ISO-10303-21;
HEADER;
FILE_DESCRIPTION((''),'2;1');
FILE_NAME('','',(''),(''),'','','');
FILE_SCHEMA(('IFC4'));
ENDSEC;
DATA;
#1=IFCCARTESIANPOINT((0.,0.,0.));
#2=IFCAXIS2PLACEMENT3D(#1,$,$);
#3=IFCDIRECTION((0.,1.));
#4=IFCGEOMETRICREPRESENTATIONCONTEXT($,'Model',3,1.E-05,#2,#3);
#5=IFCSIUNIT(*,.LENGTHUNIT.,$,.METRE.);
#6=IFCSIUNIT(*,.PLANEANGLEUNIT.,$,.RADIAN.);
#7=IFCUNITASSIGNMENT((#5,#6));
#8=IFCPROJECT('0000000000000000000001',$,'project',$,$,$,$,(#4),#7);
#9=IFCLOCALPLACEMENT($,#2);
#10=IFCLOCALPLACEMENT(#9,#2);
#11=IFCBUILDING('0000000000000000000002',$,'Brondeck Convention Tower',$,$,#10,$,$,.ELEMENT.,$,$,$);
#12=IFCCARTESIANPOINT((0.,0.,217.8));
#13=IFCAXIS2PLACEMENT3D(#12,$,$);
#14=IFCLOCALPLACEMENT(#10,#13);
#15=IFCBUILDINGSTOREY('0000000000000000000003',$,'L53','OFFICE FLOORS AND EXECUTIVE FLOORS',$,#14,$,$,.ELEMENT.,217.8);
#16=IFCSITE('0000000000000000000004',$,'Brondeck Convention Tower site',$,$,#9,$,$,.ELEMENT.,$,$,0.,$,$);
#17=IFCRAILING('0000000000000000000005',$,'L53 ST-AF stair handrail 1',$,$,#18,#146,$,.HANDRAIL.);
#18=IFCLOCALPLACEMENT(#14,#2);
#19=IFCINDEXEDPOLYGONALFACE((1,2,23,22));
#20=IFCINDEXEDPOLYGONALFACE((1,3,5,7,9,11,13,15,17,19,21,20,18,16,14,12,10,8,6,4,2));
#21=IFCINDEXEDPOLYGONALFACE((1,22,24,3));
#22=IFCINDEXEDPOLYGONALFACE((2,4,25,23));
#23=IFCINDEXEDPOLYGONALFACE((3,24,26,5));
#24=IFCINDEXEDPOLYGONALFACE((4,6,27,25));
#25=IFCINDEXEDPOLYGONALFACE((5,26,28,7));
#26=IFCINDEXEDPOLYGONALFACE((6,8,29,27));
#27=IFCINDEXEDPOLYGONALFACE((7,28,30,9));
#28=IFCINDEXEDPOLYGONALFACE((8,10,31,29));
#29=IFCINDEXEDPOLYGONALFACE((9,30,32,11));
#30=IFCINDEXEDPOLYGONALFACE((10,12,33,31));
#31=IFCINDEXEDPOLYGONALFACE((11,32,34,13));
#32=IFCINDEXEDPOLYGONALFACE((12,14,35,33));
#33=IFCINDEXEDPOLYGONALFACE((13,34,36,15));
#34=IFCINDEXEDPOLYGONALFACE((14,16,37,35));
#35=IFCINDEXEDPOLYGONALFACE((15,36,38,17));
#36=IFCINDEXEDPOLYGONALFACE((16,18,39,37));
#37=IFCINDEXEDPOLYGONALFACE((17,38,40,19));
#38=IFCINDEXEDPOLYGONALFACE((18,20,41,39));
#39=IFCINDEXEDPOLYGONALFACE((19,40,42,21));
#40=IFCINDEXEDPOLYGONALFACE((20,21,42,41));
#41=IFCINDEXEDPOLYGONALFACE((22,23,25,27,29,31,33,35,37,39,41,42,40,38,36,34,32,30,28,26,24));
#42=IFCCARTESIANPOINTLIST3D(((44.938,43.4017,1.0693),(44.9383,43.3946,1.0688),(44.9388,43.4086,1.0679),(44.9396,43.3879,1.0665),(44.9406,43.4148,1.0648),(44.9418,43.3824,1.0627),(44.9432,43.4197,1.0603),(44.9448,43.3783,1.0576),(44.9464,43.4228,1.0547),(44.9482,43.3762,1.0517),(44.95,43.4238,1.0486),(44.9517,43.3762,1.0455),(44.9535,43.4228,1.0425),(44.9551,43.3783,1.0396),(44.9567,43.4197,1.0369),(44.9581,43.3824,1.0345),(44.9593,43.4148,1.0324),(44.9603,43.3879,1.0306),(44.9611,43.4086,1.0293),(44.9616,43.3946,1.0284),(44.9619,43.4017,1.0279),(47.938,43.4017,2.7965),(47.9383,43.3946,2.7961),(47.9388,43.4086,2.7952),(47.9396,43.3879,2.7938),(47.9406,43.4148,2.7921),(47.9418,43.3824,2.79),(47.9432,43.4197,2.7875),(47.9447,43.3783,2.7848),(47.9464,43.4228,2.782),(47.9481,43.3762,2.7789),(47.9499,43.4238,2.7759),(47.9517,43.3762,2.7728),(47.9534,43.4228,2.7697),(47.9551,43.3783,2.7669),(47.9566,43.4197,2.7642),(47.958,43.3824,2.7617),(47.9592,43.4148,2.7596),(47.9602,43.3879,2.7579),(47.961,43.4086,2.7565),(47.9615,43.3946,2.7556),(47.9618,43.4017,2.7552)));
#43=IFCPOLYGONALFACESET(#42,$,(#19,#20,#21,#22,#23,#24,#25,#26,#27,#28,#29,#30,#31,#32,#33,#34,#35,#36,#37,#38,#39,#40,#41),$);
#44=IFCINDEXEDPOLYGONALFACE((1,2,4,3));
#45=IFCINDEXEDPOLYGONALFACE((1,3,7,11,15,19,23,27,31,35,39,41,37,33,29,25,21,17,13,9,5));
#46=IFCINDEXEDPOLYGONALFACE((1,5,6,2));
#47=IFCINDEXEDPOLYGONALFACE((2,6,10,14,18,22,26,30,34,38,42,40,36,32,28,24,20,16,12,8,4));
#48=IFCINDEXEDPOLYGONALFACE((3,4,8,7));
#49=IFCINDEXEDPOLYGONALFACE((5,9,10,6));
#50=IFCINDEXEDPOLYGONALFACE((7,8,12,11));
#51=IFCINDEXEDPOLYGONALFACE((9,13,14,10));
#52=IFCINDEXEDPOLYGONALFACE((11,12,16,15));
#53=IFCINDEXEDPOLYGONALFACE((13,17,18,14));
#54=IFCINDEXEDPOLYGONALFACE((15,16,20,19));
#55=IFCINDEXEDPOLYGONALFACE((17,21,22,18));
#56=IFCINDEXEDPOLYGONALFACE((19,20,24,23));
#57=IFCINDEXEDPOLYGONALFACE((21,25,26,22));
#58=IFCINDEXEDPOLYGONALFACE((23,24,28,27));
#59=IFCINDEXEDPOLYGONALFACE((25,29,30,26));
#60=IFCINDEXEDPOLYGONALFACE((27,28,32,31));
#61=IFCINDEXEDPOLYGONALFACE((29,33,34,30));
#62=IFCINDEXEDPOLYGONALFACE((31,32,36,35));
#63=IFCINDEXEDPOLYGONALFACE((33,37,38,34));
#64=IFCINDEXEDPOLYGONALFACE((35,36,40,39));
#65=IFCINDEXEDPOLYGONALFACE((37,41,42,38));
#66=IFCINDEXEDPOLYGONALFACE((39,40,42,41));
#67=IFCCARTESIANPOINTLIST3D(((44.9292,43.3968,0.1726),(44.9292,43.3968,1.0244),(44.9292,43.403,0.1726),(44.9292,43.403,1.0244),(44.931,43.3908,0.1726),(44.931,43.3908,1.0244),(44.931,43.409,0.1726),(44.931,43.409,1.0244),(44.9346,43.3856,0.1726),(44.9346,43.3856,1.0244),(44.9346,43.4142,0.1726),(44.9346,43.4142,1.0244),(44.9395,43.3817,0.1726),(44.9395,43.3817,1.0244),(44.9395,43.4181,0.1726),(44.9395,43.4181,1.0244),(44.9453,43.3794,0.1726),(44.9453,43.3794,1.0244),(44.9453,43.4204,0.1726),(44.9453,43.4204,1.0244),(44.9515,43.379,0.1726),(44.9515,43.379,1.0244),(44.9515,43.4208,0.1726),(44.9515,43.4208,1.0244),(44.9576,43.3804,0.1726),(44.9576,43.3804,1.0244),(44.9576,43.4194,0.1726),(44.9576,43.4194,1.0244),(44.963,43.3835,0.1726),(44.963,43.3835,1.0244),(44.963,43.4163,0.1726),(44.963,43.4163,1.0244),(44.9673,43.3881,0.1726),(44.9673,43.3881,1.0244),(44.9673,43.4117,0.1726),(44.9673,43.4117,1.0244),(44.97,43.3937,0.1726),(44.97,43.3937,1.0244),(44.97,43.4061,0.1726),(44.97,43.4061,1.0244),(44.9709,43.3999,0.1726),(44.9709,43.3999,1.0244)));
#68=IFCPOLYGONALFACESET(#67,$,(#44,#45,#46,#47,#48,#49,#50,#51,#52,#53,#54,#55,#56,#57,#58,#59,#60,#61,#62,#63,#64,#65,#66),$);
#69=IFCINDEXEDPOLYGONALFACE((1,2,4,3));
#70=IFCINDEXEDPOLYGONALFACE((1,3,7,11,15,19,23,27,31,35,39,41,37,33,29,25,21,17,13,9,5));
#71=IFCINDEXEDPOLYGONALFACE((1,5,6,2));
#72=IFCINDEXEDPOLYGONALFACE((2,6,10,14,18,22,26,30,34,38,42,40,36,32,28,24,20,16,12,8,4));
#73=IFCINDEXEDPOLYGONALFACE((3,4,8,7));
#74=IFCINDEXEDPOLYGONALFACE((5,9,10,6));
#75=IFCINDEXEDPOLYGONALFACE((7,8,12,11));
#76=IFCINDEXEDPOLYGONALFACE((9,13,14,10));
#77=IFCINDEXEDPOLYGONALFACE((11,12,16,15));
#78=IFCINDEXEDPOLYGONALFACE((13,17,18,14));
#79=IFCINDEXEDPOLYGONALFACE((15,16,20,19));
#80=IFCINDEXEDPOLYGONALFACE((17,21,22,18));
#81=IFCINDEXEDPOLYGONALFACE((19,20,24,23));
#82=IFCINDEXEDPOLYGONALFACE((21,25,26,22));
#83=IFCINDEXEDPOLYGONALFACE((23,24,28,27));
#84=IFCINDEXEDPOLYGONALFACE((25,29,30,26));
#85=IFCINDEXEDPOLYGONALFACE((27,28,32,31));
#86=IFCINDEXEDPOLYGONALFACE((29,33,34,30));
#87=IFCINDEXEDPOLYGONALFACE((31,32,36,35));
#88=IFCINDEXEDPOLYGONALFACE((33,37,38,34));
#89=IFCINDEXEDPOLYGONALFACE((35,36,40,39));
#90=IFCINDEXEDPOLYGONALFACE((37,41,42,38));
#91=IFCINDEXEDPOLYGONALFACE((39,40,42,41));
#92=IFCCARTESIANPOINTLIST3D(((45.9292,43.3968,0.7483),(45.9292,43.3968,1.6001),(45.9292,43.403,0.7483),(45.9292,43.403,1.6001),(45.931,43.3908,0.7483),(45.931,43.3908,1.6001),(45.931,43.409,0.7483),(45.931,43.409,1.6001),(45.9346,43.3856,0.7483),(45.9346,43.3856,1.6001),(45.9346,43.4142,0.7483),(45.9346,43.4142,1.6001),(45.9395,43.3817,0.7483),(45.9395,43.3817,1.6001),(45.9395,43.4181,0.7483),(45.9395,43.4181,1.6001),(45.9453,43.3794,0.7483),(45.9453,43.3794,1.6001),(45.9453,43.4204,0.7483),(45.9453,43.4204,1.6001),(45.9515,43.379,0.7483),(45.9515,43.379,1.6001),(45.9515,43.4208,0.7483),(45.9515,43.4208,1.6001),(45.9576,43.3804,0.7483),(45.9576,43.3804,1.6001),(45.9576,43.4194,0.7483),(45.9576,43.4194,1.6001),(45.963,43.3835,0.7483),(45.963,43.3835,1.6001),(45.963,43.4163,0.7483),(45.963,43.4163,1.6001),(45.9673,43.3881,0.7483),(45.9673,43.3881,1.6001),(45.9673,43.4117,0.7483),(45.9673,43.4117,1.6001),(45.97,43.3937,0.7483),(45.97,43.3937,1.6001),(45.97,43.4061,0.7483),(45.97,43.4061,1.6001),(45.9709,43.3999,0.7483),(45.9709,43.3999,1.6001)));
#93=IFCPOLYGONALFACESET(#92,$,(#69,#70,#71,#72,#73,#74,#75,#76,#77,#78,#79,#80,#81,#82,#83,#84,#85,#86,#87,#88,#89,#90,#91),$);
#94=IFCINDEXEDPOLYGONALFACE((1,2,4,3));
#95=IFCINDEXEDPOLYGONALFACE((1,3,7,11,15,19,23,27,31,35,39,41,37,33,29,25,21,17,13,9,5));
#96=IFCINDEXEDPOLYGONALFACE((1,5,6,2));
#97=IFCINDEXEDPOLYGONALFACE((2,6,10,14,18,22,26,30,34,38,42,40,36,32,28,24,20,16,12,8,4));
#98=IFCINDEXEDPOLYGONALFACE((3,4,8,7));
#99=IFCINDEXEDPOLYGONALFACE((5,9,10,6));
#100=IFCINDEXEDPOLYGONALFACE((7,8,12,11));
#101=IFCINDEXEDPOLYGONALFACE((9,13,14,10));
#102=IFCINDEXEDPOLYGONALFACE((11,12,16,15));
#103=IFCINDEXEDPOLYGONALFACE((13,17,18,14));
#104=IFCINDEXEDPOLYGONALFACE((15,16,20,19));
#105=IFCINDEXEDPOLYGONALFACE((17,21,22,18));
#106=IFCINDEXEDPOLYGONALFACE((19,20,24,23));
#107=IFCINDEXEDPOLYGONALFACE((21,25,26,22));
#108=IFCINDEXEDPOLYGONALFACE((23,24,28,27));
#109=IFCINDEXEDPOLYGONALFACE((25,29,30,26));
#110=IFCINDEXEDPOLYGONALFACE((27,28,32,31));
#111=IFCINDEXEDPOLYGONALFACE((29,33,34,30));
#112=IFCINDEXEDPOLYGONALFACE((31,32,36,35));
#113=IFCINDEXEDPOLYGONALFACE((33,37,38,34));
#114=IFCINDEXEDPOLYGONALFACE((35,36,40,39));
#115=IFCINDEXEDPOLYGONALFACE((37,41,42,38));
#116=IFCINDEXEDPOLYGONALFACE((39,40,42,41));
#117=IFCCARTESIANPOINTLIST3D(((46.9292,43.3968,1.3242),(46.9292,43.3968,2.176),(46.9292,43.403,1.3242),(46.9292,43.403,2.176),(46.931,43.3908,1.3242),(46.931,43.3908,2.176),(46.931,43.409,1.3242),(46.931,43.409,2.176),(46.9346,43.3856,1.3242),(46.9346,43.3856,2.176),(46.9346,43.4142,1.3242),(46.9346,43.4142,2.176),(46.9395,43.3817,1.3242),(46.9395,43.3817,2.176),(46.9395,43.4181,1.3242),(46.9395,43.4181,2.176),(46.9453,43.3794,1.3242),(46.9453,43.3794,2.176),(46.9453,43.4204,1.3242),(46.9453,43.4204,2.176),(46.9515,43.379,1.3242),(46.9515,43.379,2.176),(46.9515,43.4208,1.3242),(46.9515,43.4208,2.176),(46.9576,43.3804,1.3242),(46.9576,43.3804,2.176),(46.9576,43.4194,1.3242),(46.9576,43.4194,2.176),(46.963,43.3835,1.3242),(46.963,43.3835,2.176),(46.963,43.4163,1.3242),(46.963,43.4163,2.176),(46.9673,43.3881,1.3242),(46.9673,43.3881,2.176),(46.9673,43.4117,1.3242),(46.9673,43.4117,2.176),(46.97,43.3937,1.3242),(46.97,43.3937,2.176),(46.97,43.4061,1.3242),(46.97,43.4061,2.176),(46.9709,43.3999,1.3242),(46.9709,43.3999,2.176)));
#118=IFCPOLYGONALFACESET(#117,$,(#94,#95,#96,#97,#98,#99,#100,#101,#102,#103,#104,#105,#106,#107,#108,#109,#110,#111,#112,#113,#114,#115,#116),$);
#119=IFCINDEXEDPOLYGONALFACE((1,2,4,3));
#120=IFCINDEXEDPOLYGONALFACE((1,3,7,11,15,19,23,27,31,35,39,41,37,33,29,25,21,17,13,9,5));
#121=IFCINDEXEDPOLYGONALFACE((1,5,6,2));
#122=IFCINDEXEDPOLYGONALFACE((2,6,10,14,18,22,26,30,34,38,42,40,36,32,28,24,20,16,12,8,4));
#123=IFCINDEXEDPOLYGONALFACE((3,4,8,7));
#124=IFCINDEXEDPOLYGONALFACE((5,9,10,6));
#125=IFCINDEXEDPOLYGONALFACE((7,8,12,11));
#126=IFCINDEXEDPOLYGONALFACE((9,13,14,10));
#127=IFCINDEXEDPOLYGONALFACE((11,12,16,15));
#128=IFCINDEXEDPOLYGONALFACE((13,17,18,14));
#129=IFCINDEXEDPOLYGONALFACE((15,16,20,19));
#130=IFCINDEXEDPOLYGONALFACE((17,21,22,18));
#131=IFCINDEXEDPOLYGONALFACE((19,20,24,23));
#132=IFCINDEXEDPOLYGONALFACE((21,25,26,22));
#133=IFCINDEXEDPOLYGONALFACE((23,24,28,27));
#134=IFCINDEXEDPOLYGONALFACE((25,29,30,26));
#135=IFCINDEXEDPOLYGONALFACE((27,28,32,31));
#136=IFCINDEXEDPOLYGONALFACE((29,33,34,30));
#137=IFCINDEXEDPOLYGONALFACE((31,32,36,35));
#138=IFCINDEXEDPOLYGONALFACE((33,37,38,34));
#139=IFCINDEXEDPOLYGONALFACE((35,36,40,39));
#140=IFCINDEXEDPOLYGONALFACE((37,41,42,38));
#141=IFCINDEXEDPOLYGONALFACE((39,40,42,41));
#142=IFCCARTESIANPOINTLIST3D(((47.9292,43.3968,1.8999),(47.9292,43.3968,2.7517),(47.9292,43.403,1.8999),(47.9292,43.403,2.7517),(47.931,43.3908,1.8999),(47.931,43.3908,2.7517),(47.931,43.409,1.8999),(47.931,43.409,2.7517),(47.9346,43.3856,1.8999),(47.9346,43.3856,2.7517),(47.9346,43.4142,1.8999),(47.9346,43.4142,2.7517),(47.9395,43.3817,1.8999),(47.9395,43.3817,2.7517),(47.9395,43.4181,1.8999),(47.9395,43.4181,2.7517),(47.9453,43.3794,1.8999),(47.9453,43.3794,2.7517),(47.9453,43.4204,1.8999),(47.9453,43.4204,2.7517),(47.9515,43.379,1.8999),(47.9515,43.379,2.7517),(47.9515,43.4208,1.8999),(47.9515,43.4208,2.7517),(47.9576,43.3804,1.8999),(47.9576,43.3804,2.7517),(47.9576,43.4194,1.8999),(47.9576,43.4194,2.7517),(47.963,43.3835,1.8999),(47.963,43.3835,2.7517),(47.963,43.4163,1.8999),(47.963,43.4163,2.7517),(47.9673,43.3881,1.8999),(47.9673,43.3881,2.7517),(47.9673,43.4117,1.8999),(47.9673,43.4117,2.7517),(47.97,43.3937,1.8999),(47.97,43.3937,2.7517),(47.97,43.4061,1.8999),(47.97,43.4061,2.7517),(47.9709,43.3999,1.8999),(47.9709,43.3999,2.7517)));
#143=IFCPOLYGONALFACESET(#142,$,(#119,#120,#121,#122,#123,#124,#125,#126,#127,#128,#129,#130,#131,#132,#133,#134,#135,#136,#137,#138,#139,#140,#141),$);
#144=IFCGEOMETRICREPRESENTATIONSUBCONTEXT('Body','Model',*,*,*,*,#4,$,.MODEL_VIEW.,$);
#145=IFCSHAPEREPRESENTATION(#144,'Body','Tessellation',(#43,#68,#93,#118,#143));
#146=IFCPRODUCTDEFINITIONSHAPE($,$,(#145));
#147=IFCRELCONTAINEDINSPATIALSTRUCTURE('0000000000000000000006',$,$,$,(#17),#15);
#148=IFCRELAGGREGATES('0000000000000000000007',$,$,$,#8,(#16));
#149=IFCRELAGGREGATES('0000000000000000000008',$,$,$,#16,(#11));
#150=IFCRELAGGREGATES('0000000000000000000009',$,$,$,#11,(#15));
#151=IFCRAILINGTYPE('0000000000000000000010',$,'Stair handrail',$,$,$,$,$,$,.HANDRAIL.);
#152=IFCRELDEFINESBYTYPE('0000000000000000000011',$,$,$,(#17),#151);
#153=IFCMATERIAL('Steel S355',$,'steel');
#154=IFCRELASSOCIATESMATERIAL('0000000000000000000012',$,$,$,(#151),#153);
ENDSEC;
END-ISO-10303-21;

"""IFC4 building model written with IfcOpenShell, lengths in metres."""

from ifc_helpers import new_model, si_unit, direction, frame, origin, origin_2d, place, context, subcontext, project, spatial, circle, extrude, material, type_object, element, save


model = new_model("IFC4")

# Units and contexts
model_context = context("Model", 3, precision=1e-05, world=origin(), true_north=direction((0.0, 1.0)))
body_context = subcontext(model_context, "Body", "Model", "MODEL_VIEW")
ifc_project = project(units=[si_unit("LENGTHUNIT", "METRE"), si_unit("PLANEANGLEUNIT", "RADIAN")], contexts=[model_context])

# Site, building, storey
site_placement = place(None, origin())
site = spatial("IfcSite", under=ifc_project, at=site_placement, Name="Brondeck Convention Tower site", CompositionType="ELEMENT", RefElevation=0.0)
building_placement = place(site_placement, origin())
building = spatial("IfcBuilding", under=site, at=building_placement, Name="Brondeck Convention Tower", CompositionType="ELEMENT")
storey_placement = place(building_placement, frame((0.0, 0.0, 217.8)))
storey = spatial("IfcBuildingStorey", under=building, at=storey_placement, Name="L53", Description="OFFICE FLOORS AND EXECUTIVE FLOORS", CompositionType="ELEMENT", Elevation=217.8)

# Shared definitions
ifc_material_1 = material(Name="Steel S355", Category="steel")

# Railing
railing_type_1 = type_object("IfcRailingType", Name="Stair handrail", PredefinedType="HANDRAIL", material=ifc_material_1)
railing_1_placement = place(storey_placement, frame((44.95, 43.3999, 0.1726)))
element("IfcRailing", 1, at=railing_1_placement, inside=storey, type_object=railing_type_1, Name="L53 ST-AF stair handrail 1", PredefinedType="HANDRAIL", context=body_context, shape_type="SweptSolid", body=[
    extrude(circle(Radius=0.0239, at=origin_2d()), frame((0.0, 0.0, 0.876), z_axis=(0.86662, 0.0, 0.498969), x_axis=(0.0, 1.0, 0.0)), (0.0, 0.0, 1.0), 3.4617),
    extrude(circle(Radius=0.021, at=origin_2d()), origin(), (0.0, 0.0, 1.0), 0.8518),
    extrude(circle(Radius=0.021, at=origin_2d()), frame((1.0, 0.0, 0.5757)), (0.0, 0.0, 1.0), 0.8518),
    extrude(circle(Radius=0.021, at=origin_2d()), frame((2.0, 0.0, 1.1516)), (0.0, 0.0, 1.0), 0.8518),
    extrude(circle(Radius=0.021, at=origin_2d()), frame((3.0, 0.0, 1.7273)), (0.0, 0.0, 1.0), 0.8518),
])

save(model, "model.ifc")
